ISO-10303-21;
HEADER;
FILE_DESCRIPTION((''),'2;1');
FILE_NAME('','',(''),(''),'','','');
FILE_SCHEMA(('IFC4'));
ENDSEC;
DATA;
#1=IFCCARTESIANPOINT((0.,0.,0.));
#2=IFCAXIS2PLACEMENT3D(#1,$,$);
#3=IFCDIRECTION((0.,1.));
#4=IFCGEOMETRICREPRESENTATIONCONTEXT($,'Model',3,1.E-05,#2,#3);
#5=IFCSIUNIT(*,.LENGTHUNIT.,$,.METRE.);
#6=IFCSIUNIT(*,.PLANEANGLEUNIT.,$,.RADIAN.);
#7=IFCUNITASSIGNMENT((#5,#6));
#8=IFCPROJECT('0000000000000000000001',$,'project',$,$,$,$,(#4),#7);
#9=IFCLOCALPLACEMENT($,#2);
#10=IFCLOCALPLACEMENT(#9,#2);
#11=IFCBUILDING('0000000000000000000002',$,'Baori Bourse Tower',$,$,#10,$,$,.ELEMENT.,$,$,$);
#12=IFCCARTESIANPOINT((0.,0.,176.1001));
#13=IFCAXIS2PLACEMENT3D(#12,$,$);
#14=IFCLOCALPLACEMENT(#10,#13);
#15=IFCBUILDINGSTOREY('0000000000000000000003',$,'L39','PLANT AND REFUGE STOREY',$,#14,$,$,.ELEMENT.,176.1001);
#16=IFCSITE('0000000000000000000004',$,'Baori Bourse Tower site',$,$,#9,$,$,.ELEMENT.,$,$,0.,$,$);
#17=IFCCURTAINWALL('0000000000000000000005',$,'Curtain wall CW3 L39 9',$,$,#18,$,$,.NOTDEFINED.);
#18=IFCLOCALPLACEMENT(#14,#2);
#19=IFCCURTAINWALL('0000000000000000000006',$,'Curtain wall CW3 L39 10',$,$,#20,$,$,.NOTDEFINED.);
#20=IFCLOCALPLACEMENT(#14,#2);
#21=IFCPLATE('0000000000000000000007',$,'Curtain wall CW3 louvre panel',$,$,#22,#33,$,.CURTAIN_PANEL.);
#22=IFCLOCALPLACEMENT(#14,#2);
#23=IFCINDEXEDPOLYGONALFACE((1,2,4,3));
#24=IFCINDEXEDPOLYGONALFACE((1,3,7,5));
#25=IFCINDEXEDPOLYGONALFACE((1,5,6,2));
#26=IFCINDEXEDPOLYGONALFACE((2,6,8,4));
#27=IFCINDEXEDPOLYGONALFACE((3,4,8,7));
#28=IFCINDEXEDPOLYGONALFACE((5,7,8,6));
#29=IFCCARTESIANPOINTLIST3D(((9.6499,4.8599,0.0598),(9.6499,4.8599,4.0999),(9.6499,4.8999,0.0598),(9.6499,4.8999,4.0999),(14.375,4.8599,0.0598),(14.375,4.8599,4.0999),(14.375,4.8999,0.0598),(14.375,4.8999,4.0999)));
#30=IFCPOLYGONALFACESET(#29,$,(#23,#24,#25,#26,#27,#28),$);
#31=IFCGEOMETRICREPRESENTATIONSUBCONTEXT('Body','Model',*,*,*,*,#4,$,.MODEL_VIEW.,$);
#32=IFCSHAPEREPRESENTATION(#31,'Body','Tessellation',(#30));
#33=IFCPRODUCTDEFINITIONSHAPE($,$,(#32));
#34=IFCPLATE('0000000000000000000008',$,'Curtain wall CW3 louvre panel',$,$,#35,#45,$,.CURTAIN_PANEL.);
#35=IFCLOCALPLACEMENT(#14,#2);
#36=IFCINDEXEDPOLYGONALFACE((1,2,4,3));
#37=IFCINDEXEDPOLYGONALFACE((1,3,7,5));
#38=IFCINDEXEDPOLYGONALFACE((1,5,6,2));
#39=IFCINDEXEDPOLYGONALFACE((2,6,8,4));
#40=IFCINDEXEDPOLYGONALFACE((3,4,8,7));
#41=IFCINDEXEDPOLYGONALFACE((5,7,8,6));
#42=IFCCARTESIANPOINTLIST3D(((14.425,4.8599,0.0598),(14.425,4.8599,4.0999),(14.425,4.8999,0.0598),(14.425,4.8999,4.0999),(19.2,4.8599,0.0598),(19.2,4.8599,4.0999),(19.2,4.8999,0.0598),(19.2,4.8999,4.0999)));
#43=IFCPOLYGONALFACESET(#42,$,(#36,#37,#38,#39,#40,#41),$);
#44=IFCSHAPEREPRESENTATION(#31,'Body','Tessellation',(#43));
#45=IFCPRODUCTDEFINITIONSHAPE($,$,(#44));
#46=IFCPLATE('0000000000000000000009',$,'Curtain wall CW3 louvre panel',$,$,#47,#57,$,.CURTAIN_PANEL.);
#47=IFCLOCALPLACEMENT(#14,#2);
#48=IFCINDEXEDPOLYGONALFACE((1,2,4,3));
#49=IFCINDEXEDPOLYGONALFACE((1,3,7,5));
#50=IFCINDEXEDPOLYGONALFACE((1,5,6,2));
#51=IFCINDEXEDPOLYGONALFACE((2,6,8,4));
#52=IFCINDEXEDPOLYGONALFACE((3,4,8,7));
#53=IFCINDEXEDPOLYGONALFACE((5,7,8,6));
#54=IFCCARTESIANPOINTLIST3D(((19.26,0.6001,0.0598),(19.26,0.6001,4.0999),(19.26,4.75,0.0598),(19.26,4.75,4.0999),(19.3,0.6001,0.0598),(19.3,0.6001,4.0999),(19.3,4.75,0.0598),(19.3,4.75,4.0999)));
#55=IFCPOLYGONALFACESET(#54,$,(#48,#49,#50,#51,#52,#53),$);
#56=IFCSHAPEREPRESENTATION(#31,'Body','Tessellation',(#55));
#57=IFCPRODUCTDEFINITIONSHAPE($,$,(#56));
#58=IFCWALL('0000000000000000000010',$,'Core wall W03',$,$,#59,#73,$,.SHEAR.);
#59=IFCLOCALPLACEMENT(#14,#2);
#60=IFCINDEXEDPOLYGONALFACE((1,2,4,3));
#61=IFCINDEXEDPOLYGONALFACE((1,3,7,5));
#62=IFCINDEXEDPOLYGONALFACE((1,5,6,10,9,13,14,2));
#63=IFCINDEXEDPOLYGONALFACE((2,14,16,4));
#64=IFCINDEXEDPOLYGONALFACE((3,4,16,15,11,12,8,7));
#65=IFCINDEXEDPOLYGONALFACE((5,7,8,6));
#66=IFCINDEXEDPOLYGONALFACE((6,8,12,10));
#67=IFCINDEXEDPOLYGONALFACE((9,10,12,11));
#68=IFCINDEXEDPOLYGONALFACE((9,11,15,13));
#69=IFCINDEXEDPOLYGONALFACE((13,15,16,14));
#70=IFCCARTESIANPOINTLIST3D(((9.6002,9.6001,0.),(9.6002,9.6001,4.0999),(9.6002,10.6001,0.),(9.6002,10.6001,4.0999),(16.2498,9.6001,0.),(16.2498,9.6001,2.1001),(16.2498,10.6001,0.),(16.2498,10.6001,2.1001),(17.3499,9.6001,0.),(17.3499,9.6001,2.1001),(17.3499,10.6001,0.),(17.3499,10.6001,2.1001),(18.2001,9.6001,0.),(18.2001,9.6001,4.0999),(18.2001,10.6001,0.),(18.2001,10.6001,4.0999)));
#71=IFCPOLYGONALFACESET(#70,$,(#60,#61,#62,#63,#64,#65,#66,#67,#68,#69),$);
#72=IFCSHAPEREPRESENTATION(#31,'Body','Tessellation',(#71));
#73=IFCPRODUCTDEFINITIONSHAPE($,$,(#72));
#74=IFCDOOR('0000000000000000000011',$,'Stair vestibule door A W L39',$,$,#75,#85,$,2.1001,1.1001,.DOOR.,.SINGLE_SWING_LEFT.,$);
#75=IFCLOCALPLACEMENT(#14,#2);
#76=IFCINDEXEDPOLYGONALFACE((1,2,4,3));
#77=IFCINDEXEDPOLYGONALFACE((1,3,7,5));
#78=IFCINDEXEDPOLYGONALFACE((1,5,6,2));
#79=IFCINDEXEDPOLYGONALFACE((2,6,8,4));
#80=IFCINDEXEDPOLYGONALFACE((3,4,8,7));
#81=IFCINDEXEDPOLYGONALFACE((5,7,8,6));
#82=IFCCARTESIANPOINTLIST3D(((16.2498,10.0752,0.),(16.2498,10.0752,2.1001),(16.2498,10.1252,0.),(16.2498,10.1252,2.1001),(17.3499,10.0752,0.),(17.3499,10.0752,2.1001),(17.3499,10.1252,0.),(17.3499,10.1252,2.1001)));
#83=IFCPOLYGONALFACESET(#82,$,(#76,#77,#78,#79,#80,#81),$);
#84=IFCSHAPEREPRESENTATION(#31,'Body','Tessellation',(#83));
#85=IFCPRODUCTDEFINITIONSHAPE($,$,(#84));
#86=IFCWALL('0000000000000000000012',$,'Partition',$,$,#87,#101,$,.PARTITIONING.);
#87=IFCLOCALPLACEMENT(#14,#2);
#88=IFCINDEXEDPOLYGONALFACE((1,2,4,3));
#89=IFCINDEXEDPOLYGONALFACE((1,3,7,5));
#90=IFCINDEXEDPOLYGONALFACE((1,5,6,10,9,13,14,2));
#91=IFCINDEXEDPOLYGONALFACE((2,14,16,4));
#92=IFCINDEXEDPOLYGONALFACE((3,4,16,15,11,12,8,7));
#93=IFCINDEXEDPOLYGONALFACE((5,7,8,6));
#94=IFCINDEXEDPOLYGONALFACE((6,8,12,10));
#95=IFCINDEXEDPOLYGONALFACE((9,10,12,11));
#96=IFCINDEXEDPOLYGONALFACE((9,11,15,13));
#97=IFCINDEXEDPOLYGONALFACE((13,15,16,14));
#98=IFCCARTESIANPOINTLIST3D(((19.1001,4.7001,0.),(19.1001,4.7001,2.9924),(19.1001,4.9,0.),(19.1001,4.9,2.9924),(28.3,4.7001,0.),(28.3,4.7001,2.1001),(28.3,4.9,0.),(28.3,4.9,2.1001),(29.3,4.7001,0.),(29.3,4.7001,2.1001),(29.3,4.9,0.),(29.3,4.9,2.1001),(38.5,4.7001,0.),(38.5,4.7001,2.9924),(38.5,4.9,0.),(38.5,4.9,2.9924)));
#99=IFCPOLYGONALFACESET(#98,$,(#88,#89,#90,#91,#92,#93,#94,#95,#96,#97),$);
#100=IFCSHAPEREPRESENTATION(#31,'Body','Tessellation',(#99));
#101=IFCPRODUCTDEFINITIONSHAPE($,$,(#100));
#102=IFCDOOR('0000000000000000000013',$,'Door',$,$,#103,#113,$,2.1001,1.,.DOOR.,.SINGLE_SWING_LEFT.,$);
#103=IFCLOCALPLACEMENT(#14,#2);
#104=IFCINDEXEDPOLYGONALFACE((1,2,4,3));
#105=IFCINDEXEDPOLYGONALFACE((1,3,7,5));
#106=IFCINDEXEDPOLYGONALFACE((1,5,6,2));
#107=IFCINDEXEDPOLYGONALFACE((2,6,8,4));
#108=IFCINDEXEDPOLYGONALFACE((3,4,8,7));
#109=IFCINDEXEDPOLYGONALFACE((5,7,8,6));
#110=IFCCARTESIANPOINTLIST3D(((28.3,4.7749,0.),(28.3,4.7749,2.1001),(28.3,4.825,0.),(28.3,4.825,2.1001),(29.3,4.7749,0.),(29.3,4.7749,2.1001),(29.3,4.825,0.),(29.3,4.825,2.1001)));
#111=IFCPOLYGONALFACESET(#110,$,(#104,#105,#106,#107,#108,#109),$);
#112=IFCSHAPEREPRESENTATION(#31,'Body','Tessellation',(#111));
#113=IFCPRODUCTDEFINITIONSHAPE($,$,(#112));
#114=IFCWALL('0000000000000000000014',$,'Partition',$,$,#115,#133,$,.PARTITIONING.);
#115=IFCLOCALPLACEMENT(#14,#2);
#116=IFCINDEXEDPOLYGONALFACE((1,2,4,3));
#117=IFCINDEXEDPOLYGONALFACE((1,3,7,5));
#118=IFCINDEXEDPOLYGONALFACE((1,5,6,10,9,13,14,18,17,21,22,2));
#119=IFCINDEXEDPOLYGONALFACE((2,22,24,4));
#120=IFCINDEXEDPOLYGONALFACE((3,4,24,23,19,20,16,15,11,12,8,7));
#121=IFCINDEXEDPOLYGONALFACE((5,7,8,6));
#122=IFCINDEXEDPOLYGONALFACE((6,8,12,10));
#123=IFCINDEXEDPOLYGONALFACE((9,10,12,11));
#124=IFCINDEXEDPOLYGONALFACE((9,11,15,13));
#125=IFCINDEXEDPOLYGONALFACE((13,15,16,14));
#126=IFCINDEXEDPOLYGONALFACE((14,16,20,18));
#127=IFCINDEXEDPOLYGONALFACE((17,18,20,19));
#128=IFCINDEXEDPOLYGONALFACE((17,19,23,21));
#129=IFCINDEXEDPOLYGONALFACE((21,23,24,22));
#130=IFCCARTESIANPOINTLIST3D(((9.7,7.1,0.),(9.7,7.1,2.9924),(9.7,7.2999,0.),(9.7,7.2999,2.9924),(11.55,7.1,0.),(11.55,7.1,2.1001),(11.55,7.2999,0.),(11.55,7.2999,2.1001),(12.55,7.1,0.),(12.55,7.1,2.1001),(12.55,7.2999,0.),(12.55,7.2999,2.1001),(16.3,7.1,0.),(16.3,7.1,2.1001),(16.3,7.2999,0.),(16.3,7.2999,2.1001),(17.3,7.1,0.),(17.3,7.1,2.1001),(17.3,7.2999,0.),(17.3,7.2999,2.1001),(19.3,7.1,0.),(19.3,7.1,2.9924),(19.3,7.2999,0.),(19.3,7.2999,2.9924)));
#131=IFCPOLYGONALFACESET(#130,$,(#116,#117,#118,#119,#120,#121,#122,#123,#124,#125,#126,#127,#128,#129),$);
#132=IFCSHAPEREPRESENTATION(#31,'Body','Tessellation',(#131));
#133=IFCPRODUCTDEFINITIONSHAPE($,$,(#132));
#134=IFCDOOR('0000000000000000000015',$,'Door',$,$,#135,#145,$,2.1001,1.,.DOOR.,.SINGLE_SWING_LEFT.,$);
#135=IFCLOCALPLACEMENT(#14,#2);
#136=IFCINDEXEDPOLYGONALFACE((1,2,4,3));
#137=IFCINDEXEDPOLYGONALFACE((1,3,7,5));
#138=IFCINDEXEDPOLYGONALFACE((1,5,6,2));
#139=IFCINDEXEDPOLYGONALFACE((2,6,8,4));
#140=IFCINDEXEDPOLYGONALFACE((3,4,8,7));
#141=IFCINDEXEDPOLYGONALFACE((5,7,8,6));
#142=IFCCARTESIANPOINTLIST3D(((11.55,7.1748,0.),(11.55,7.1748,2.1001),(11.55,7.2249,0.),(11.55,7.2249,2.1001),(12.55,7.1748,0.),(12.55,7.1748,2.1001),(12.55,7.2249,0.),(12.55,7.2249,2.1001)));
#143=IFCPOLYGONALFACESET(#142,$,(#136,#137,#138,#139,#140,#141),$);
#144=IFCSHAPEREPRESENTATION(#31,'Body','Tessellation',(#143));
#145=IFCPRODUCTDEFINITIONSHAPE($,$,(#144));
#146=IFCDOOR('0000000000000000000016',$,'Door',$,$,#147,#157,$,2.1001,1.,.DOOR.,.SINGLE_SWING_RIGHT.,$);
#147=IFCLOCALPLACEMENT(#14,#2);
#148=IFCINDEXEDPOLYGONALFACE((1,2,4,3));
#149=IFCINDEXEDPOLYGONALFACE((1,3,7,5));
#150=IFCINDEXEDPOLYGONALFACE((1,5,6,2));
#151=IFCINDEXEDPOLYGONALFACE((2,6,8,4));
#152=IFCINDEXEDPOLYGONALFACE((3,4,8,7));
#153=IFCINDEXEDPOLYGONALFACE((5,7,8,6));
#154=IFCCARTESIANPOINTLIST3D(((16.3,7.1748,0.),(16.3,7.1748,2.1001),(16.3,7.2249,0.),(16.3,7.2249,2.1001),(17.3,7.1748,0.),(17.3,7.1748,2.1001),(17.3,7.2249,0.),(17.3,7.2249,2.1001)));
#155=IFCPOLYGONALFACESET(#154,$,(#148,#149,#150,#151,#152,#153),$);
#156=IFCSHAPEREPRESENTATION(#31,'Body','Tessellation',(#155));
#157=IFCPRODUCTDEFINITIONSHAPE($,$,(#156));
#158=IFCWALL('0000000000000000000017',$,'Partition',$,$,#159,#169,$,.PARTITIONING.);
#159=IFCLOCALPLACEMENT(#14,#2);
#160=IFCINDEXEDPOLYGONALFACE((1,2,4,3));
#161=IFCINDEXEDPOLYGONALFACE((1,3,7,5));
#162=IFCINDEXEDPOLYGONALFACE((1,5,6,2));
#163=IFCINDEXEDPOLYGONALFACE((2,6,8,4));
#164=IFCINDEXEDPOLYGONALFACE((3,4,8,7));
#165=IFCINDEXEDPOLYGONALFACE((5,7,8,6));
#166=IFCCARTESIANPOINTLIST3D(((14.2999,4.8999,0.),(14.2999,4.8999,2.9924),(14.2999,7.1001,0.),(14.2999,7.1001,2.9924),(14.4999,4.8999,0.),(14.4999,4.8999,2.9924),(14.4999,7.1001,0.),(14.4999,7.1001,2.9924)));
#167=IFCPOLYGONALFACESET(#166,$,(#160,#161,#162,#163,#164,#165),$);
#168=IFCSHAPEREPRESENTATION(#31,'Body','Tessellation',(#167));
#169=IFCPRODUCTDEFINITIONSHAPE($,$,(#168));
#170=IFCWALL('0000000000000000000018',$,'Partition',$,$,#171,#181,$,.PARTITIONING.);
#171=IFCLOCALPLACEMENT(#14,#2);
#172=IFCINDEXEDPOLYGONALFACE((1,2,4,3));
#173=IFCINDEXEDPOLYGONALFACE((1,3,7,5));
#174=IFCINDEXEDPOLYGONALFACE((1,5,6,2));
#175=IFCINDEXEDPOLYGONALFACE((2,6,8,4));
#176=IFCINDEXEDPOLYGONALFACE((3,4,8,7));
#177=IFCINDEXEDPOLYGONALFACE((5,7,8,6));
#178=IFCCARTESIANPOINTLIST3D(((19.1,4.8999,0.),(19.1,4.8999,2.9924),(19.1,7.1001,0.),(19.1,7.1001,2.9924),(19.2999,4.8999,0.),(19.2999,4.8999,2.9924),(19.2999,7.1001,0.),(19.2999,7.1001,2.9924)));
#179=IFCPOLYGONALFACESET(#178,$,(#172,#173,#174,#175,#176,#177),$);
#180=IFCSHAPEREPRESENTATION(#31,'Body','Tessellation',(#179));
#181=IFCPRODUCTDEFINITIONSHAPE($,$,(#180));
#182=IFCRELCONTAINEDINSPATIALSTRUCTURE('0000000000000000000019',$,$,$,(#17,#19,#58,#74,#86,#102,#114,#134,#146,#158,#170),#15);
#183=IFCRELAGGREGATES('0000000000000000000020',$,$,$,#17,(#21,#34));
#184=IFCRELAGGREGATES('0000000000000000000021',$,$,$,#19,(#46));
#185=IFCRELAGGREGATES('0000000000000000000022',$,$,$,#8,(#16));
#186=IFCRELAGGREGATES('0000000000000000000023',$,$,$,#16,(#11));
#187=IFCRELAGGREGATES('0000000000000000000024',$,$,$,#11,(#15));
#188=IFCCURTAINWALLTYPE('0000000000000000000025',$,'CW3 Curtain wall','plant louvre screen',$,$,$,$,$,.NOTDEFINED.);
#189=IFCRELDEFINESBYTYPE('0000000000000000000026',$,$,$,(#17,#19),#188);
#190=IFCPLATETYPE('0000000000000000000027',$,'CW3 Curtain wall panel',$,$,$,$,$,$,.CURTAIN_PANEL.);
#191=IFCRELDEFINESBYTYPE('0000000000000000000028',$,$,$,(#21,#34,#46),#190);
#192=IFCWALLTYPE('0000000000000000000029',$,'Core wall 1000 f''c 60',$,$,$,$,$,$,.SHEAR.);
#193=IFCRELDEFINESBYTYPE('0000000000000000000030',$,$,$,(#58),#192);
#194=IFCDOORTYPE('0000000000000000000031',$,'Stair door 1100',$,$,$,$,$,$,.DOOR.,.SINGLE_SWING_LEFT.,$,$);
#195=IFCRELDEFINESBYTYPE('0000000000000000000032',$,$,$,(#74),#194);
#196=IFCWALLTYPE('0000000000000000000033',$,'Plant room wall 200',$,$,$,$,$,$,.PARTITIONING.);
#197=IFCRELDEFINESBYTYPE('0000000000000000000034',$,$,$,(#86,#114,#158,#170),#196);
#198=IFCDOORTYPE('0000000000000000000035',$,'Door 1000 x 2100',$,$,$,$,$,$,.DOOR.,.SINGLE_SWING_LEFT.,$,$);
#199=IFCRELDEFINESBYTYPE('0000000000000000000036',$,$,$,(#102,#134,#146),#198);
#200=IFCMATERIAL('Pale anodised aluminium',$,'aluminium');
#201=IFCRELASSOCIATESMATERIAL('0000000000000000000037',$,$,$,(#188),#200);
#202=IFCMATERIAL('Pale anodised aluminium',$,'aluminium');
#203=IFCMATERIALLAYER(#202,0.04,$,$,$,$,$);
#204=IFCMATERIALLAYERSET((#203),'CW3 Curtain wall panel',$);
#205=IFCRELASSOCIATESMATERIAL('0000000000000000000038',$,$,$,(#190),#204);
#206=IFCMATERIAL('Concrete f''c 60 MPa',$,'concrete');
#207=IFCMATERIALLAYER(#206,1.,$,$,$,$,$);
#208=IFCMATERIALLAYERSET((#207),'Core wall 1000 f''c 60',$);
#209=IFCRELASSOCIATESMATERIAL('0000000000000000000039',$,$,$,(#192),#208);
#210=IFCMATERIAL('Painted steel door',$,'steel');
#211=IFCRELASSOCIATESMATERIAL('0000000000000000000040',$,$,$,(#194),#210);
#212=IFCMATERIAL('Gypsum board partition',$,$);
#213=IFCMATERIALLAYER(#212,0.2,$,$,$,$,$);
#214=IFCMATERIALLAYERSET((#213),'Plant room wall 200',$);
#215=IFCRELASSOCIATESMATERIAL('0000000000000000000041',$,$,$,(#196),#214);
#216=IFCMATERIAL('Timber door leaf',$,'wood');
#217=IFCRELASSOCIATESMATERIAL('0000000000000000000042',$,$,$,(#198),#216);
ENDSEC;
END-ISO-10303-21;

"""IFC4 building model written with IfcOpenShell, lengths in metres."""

from ifc_helpers import new_model, si_unit, direction, frame, frame_2d, origin, origin_2d, place, context, subcontext, project, spatial, rectangle, extrude, material, layer, layer_set, type_object, element, fill, aggregate, save


model = new_model("IFC4")

# Units and contexts
model_context = context("Model", 3, precision=1e-05, world=origin(), true_north=direction((0.0, 1.0)))
body_context = subcontext(model_context, "Body", "Model", "MODEL_VIEW")
ifc_project = project(units=[si_unit("LENGTHUNIT", "METRE"), si_unit("PLANEANGLEUNIT", "RADIAN")], contexts=[model_context])

# Site, building, storey
site_placement = place(None, origin())
site = spatial("IfcSite", under=ifc_project, at=site_placement, Name="Baori Bourse Tower site", CompositionType="ELEMENT", RefElevation=0.0)
building_placement = place(site_placement, origin())
building = spatial("IfcBuilding", under=site, at=building_placement, Name="Baori Bourse Tower", CompositionType="ELEMENT")
storey_placement = place(building_placement, frame((0.0, 0.0, 176.1001)))
storey = spatial("IfcBuildingStorey", under=building, at=storey_placement, Name="L39", Description="PLANT AND REFUGE STOREY", CompositionType="ELEMENT", Elevation=176.1001)

# Curtain wall
ifc_material_1 = material(Name="Pale anodised aluminium", Category="aluminium")
curtain_wall_type = type_object("IfcCurtainWallType", Name="CW3 Curtain wall", Description="plant louvre screen", PredefinedType="NOTDEFINED", material=ifc_material_1)
curtain_wall_1_placement = place(storey_placement, origin())
curtain_wall_1 = element("IfcCurtainWall", 1, at=curtain_wall_1_placement, inside=storey, type_object=curtain_wall_type, Name="Curtain wall CW3 L39 9", PredefinedType="NOTDEFINED")

# Curtain wall
curtain_wall_2_placement = place(storey_placement, origin())
curtain_wall_2 = element("IfcCurtainWall", 2, at=curtain_wall_2_placement, inside=storey, type_object=curtain_wall_type, Name="Curtain wall CW3 L39 10", PredefinedType="NOTDEFINED")

# Plates
ifc_material_2 = material(Name="Pale anodised aluminium", Category="aluminium")
ifc_layer_1 = layer(ifc_material_2, 0.04)
ifc_layer_set_1 = layer_set([ifc_layer_1], Name="CW3 Curtain wall panel")
plate_type = type_object("IfcPlateType", Name="CW3 Curtain wall panel", PredefinedType="CURTAIN_PANEL", material=ifc_layer_set_1)
plate_1_placement = place(storey_placement, frame((12.0125, 4.8799, 0.0598), z_axis=(0.0, 0.0, 1.0), x_axis=(1.0, 0.0, 0.0)))
plate_1 = element("IfcPlate", 3, at=plate_1_placement, type_object=plate_type, Name="Curtain wall CW3 louvre panel", PredefinedType="CURTAIN_PANEL", context=body_context, shape_type="SweptSolid", body=[
    extrude(rectangle(XDim=4.7251, YDim=0.04, at=origin_2d()), origin(), (0.0, 0.0, 1.0), 4.04),
])
plate_2_placement = place(storey_placement, frame((16.8125, 4.8799, 0.0598), z_axis=(0.0, 0.0, 1.0), x_axis=(1.0, 0.0, 0.0)))
plate_2 = element("IfcPlate", 4, at=plate_2_placement, type_object=plate_type, Name="Curtain wall CW3 louvre panel", PredefinedType="CURTAIN_PANEL", context=body_context, shape_type="SweptSolid", body=[
    extrude(rectangle(XDim=4.7749, YDim=0.04, at=origin_2d()), origin(), (0.0, 0.0, 1.0), 4.04),
])
aggregate(curtain_wall_1, [plate_1, plate_2])
plate_3_placement = place(storey_placement, frame((19.28, 2.675, 0.0598), z_axis=(0.0, 0.0, 1.0), x_axis=(0.0, -1.0, 0.0)))
plate_3 = element("IfcPlate", 5, at=plate_3_placement, type_object=plate_type, Name="Curtain wall CW3 louvre panel", PredefinedType="CURTAIN_PANEL", context=body_context, shape_type="SweptSolid", body=[
    extrude(rectangle(XDim=4.1499, YDim=0.04, at=origin_2d()), origin(), (0.0, 0.0, 1.0), 4.04),
])
aggregate(curtain_wall_2, [plate_3])

# Walls, openings, doors
ifc_material_3 = material(Name="Concrete f'c 60 MPa", Category="concrete")
ifc_layer_2 = layer(ifc_material_3, 1.0)
ifc_layer_set_2 = layer_set([ifc_layer_2], Name="Core wall 1000 f'c 60")
wall_type_1 = type_object("IfcWallType", Name="Core wall 1000 f'c 60", PredefinedType="SHEAR", material=ifc_layer_set_2)
wall_1_placement = place(storey_placement, frame((18.2, 10.1001, 0.0), z_axis=(0.0, 0.0, 1.0), x_axis=(-1.0, 0.0, 0.0)))
wall_1 = element("IfcWall", 6, at=wall_1_placement, inside=storey, type_object=wall_type_1, Name="Core wall W03", PredefinedType="SHEAR", context=body_context, shape_type="SweptSolid", body=[
    extrude(rectangle(XDim=8.5999, YDim=1.0, at=frame_2d((4.2998, 0.0))), origin(), (0.0, 0.0, 1.0), 4.0999),
])
opening_1_placement = place(wall_1_placement, frame((0.8501, 0.0, 0.0)))
opening_1 = element("IfcOpeningElement", 7, at=opening_1_placement, cuts=wall_1, PredefinedType="OPENING", context=body_context, shape_type="SweptSolid", body=[
    extrude(rectangle(XDim=1.1001, YDim=2.1001, at=frame_2d((0.55, 1.05))), frame((0.0, 0.51, 0.0), z_axis=(0.0, -1.0, 0.0), x_axis=(1.0, 0.0, 0.0)), (0.0, 0.0, 1.0), 1.02),
])
ifc_material_4 = material(Name="Painted steel door", Category="steel")
door_type_1 = type_object("IfcDoorType", Name="Stair door 1100", OperationType="SINGLE_SWING_LEFT", PredefinedType="DOOR", material=ifc_material_4)
door_1_placement = place(opening_1_placement, origin())
door_1 = element("IfcDoor", 8, at=door_1_placement, inside=storey, type_object=door_type_1, Name="Stair vestibule door A W L39", OperationType="SINGLE_SWING_LEFT", OverallHeight=2.1001, OverallWidth=1.1001, PredefinedType="DOOR", context=body_context, shape_type="SweptSolid", body=[
    extrude(rectangle(XDim=1.1001, YDim=2.1001, at=frame_2d((0.55, 1.05))), frame((0.0, 0.0249, 0.0), z_axis=(0.0, -1.0, 0.0), x_axis=(1.0, 0.0, 0.0)), (0.0, 0.0, 1.0), 0.05),
])
fill(opening_1, door_1)
ifc_material_5 = material(Name="Gypsum board partition")
ifc_layer_3 = layer(ifc_material_5, 0.2)
ifc_layer_set_3 = layer_set([ifc_layer_3], Name="Plant room wall 200")
wall_type_2 = type_object("IfcWallType", Name="Plant room wall 200", PredefinedType="PARTITIONING", material=ifc_layer_set_3)
wall_2_placement = place(storey_placement, frame((19.1001, 4.8, 0.0), z_axis=(0.0, 0.0, 1.0), x_axis=(1.0, 0.0, 0.0)))
wall_2 = element("IfcWall", 9, at=wall_2_placement, inside=storey, type_object=wall_type_2, Name="Partition", PredefinedType="PARTITIONING", context=body_context, shape_type="SweptSolid", body=[
    extrude(rectangle(XDim=19.3999, YDim=0.2, at=frame_2d((9.7, 0.0))), origin(), (0.0, 0.0, 1.0), 2.9924),
])
opening_2_placement = place(wall_2_placement, frame((9.2, 0.0, 0.0)))
opening_2 = element("IfcOpeningElement", 10, at=opening_2_placement, cuts=wall_2, PredefinedType="OPENING", context=body_context, shape_type="SweptSolid", body=[
    extrude(rectangle(XDim=1.0, YDim=2.1001, at=frame_2d((0.5, 1.05))), frame((0.0, 0.1099, 0.0), z_axis=(0.0, -1.0, 0.0), x_axis=(1.0, 0.0, 0.0)), (0.0, 0.0, 1.0), 0.22),
])
ifc_material_6 = material(Name="Timber door leaf", Category="wood")
door_type_2 = type_object("IfcDoorType", Name="Door 1000 x 2100", OperationType="SINGLE_SWING_LEFT", PredefinedType="DOOR", material=ifc_material_6)
door_2_placement = place(opening_2_placement, origin())
door_2 = element("IfcDoor", 11, at=door_2_placement, inside=storey, type_object=door_type_2, Name="Door", OperationType="SINGLE_SWING_LEFT", OverallHeight=2.1001, OverallWidth=1.0, PredefinedType="DOOR", context=body_context, shape_type="SweptSolid", body=[
    extrude(rectangle(XDim=1.0, YDim=2.1001, at=frame_2d((0.5, 1.05))), frame((0.0, 0.0249, 0.0), z_axis=(0.0, -1.0, 0.0), x_axis=(1.0, 0.0, 0.0)), (0.0, 0.0, 1.0), 0.05),
])
fill(opening_2, door_2)

# Wall, openings, doors
wall_3_placement = place(storey_placement, frame((9.7, 7.2, 0.0), z_axis=(0.0, 0.0, 1.0), x_axis=(1.0, 0.0, 0.0)))
wall_3 = element("IfcWall", 12, at=wall_3_placement, inside=storey, type_object=wall_type_2, Name="Partition", PredefinedType="PARTITIONING", context=body_context, shape_type="SweptSolid", body=[
    extrude(rectangle(XDim=9.6001, YDim=0.2, at=frame_2d((4.8, 0.0))), origin(), (0.0, 0.0, 1.0), 2.9924),
])
opening_3_placement = place(wall_3_placement, frame((1.8501, 0.0, 0.0)))
opening_3 = element("IfcOpeningElement", 13, at=opening_3_placement, cuts=wall_3, PredefinedType="OPENING", context=body_context, shape_type="SweptSolid", body=[
    extrude(rectangle(XDim=1.0, YDim=2.1001, at=frame_2d((0.5, 1.05))), frame((0.0, 0.1099, 0.0), z_axis=(0.0, -1.0, 0.0), x_axis=(1.0, 0.0, 0.0)), (0.0, 0.0, 1.0), 0.22),
])
opening_4_placement = place(wall_3_placement, frame((6.6001, 0.0, 0.0)))
opening_4 = element("IfcOpeningElement", 14, at=opening_4_placement, cuts=wall_3, PredefinedType="OPENING", context=body_context, shape_type="SweptSolid", body=[
    extrude(rectangle(XDim=1.0, YDim=2.1001, at=frame_2d((0.5, 1.05))), frame((0.0, 0.1099, 0.0), z_axis=(0.0, -1.0, 0.0), x_axis=(1.0, 0.0, 0.0)), (0.0, 0.0, 1.0), 0.22),
])
door_3_placement = place(opening_3_placement, origin())
door_3 = element("IfcDoor", 15, at=door_3_placement, inside=storey, type_object=door_type_2, Name="Door", OperationType="SINGLE_SWING_LEFT", OverallHeight=2.1001, OverallWidth=1.0, PredefinedType="DOOR", context=body_context, shape_type="SweptSolid", body=[
    extrude(rectangle(XDim=1.0, YDim=2.1001, at=frame_2d((0.5, 1.05))), frame((0.0, 0.0249, 0.0), z_axis=(0.0, -1.0, 0.0), x_axis=(1.0, 0.0, 0.0)), (0.0, 0.0, 1.0), 0.05),
])
fill(opening_3, door_3)
door_4_placement = place(opening_4_placement, origin())
door_4 = element("IfcDoor", 16, at=door_4_placement, inside=storey, type_object=door_type_2, Name="Door", OperationType="SINGLE_SWING_RIGHT", OverallHeight=2.1001, OverallWidth=1.0, PredefinedType="DOOR", context=body_context, shape_type="SweptSolid", body=[
    extrude(rectangle(XDim=1.0, YDim=2.1001, at=frame_2d((0.5, 1.05))), frame((0.0, 0.0249, 0.0), z_axis=(0.0, -1.0, 0.0), x_axis=(1.0, 0.0, 0.0)), (0.0, 0.0, 1.0), 0.05),
])
fill(opening_4, door_4)

# Walls
for number, where, z_axis, x_axis, name in (
    (17, (14.3999, 4.8999, 0.0), (0.0, 0.0, 1.0), (0.0, 1.0, 0.0), "Partition"),
    (18, (19.2, 4.8999, 0.0), (0.0, 0.0, 1.0), (0.0, 1.0, 0.0), "Partition"),
):
    element("IfcWall", number, at=place(storey_placement, frame(where, z_axis=z_axis, x_axis=x_axis)), inside=storey, type_object=wall_type_2, Name=name, PredefinedType="PARTITIONING", context=body_context, shape_type="SweptSolid", body=[
        extrude(rectangle(XDim=2.2002, YDim=0.2, at=frame_2d((1.1001, 0.0))), origin(), (0.0, 0.0, 1.0), 2.9924),
    ])

save(model, "model.ifc")
